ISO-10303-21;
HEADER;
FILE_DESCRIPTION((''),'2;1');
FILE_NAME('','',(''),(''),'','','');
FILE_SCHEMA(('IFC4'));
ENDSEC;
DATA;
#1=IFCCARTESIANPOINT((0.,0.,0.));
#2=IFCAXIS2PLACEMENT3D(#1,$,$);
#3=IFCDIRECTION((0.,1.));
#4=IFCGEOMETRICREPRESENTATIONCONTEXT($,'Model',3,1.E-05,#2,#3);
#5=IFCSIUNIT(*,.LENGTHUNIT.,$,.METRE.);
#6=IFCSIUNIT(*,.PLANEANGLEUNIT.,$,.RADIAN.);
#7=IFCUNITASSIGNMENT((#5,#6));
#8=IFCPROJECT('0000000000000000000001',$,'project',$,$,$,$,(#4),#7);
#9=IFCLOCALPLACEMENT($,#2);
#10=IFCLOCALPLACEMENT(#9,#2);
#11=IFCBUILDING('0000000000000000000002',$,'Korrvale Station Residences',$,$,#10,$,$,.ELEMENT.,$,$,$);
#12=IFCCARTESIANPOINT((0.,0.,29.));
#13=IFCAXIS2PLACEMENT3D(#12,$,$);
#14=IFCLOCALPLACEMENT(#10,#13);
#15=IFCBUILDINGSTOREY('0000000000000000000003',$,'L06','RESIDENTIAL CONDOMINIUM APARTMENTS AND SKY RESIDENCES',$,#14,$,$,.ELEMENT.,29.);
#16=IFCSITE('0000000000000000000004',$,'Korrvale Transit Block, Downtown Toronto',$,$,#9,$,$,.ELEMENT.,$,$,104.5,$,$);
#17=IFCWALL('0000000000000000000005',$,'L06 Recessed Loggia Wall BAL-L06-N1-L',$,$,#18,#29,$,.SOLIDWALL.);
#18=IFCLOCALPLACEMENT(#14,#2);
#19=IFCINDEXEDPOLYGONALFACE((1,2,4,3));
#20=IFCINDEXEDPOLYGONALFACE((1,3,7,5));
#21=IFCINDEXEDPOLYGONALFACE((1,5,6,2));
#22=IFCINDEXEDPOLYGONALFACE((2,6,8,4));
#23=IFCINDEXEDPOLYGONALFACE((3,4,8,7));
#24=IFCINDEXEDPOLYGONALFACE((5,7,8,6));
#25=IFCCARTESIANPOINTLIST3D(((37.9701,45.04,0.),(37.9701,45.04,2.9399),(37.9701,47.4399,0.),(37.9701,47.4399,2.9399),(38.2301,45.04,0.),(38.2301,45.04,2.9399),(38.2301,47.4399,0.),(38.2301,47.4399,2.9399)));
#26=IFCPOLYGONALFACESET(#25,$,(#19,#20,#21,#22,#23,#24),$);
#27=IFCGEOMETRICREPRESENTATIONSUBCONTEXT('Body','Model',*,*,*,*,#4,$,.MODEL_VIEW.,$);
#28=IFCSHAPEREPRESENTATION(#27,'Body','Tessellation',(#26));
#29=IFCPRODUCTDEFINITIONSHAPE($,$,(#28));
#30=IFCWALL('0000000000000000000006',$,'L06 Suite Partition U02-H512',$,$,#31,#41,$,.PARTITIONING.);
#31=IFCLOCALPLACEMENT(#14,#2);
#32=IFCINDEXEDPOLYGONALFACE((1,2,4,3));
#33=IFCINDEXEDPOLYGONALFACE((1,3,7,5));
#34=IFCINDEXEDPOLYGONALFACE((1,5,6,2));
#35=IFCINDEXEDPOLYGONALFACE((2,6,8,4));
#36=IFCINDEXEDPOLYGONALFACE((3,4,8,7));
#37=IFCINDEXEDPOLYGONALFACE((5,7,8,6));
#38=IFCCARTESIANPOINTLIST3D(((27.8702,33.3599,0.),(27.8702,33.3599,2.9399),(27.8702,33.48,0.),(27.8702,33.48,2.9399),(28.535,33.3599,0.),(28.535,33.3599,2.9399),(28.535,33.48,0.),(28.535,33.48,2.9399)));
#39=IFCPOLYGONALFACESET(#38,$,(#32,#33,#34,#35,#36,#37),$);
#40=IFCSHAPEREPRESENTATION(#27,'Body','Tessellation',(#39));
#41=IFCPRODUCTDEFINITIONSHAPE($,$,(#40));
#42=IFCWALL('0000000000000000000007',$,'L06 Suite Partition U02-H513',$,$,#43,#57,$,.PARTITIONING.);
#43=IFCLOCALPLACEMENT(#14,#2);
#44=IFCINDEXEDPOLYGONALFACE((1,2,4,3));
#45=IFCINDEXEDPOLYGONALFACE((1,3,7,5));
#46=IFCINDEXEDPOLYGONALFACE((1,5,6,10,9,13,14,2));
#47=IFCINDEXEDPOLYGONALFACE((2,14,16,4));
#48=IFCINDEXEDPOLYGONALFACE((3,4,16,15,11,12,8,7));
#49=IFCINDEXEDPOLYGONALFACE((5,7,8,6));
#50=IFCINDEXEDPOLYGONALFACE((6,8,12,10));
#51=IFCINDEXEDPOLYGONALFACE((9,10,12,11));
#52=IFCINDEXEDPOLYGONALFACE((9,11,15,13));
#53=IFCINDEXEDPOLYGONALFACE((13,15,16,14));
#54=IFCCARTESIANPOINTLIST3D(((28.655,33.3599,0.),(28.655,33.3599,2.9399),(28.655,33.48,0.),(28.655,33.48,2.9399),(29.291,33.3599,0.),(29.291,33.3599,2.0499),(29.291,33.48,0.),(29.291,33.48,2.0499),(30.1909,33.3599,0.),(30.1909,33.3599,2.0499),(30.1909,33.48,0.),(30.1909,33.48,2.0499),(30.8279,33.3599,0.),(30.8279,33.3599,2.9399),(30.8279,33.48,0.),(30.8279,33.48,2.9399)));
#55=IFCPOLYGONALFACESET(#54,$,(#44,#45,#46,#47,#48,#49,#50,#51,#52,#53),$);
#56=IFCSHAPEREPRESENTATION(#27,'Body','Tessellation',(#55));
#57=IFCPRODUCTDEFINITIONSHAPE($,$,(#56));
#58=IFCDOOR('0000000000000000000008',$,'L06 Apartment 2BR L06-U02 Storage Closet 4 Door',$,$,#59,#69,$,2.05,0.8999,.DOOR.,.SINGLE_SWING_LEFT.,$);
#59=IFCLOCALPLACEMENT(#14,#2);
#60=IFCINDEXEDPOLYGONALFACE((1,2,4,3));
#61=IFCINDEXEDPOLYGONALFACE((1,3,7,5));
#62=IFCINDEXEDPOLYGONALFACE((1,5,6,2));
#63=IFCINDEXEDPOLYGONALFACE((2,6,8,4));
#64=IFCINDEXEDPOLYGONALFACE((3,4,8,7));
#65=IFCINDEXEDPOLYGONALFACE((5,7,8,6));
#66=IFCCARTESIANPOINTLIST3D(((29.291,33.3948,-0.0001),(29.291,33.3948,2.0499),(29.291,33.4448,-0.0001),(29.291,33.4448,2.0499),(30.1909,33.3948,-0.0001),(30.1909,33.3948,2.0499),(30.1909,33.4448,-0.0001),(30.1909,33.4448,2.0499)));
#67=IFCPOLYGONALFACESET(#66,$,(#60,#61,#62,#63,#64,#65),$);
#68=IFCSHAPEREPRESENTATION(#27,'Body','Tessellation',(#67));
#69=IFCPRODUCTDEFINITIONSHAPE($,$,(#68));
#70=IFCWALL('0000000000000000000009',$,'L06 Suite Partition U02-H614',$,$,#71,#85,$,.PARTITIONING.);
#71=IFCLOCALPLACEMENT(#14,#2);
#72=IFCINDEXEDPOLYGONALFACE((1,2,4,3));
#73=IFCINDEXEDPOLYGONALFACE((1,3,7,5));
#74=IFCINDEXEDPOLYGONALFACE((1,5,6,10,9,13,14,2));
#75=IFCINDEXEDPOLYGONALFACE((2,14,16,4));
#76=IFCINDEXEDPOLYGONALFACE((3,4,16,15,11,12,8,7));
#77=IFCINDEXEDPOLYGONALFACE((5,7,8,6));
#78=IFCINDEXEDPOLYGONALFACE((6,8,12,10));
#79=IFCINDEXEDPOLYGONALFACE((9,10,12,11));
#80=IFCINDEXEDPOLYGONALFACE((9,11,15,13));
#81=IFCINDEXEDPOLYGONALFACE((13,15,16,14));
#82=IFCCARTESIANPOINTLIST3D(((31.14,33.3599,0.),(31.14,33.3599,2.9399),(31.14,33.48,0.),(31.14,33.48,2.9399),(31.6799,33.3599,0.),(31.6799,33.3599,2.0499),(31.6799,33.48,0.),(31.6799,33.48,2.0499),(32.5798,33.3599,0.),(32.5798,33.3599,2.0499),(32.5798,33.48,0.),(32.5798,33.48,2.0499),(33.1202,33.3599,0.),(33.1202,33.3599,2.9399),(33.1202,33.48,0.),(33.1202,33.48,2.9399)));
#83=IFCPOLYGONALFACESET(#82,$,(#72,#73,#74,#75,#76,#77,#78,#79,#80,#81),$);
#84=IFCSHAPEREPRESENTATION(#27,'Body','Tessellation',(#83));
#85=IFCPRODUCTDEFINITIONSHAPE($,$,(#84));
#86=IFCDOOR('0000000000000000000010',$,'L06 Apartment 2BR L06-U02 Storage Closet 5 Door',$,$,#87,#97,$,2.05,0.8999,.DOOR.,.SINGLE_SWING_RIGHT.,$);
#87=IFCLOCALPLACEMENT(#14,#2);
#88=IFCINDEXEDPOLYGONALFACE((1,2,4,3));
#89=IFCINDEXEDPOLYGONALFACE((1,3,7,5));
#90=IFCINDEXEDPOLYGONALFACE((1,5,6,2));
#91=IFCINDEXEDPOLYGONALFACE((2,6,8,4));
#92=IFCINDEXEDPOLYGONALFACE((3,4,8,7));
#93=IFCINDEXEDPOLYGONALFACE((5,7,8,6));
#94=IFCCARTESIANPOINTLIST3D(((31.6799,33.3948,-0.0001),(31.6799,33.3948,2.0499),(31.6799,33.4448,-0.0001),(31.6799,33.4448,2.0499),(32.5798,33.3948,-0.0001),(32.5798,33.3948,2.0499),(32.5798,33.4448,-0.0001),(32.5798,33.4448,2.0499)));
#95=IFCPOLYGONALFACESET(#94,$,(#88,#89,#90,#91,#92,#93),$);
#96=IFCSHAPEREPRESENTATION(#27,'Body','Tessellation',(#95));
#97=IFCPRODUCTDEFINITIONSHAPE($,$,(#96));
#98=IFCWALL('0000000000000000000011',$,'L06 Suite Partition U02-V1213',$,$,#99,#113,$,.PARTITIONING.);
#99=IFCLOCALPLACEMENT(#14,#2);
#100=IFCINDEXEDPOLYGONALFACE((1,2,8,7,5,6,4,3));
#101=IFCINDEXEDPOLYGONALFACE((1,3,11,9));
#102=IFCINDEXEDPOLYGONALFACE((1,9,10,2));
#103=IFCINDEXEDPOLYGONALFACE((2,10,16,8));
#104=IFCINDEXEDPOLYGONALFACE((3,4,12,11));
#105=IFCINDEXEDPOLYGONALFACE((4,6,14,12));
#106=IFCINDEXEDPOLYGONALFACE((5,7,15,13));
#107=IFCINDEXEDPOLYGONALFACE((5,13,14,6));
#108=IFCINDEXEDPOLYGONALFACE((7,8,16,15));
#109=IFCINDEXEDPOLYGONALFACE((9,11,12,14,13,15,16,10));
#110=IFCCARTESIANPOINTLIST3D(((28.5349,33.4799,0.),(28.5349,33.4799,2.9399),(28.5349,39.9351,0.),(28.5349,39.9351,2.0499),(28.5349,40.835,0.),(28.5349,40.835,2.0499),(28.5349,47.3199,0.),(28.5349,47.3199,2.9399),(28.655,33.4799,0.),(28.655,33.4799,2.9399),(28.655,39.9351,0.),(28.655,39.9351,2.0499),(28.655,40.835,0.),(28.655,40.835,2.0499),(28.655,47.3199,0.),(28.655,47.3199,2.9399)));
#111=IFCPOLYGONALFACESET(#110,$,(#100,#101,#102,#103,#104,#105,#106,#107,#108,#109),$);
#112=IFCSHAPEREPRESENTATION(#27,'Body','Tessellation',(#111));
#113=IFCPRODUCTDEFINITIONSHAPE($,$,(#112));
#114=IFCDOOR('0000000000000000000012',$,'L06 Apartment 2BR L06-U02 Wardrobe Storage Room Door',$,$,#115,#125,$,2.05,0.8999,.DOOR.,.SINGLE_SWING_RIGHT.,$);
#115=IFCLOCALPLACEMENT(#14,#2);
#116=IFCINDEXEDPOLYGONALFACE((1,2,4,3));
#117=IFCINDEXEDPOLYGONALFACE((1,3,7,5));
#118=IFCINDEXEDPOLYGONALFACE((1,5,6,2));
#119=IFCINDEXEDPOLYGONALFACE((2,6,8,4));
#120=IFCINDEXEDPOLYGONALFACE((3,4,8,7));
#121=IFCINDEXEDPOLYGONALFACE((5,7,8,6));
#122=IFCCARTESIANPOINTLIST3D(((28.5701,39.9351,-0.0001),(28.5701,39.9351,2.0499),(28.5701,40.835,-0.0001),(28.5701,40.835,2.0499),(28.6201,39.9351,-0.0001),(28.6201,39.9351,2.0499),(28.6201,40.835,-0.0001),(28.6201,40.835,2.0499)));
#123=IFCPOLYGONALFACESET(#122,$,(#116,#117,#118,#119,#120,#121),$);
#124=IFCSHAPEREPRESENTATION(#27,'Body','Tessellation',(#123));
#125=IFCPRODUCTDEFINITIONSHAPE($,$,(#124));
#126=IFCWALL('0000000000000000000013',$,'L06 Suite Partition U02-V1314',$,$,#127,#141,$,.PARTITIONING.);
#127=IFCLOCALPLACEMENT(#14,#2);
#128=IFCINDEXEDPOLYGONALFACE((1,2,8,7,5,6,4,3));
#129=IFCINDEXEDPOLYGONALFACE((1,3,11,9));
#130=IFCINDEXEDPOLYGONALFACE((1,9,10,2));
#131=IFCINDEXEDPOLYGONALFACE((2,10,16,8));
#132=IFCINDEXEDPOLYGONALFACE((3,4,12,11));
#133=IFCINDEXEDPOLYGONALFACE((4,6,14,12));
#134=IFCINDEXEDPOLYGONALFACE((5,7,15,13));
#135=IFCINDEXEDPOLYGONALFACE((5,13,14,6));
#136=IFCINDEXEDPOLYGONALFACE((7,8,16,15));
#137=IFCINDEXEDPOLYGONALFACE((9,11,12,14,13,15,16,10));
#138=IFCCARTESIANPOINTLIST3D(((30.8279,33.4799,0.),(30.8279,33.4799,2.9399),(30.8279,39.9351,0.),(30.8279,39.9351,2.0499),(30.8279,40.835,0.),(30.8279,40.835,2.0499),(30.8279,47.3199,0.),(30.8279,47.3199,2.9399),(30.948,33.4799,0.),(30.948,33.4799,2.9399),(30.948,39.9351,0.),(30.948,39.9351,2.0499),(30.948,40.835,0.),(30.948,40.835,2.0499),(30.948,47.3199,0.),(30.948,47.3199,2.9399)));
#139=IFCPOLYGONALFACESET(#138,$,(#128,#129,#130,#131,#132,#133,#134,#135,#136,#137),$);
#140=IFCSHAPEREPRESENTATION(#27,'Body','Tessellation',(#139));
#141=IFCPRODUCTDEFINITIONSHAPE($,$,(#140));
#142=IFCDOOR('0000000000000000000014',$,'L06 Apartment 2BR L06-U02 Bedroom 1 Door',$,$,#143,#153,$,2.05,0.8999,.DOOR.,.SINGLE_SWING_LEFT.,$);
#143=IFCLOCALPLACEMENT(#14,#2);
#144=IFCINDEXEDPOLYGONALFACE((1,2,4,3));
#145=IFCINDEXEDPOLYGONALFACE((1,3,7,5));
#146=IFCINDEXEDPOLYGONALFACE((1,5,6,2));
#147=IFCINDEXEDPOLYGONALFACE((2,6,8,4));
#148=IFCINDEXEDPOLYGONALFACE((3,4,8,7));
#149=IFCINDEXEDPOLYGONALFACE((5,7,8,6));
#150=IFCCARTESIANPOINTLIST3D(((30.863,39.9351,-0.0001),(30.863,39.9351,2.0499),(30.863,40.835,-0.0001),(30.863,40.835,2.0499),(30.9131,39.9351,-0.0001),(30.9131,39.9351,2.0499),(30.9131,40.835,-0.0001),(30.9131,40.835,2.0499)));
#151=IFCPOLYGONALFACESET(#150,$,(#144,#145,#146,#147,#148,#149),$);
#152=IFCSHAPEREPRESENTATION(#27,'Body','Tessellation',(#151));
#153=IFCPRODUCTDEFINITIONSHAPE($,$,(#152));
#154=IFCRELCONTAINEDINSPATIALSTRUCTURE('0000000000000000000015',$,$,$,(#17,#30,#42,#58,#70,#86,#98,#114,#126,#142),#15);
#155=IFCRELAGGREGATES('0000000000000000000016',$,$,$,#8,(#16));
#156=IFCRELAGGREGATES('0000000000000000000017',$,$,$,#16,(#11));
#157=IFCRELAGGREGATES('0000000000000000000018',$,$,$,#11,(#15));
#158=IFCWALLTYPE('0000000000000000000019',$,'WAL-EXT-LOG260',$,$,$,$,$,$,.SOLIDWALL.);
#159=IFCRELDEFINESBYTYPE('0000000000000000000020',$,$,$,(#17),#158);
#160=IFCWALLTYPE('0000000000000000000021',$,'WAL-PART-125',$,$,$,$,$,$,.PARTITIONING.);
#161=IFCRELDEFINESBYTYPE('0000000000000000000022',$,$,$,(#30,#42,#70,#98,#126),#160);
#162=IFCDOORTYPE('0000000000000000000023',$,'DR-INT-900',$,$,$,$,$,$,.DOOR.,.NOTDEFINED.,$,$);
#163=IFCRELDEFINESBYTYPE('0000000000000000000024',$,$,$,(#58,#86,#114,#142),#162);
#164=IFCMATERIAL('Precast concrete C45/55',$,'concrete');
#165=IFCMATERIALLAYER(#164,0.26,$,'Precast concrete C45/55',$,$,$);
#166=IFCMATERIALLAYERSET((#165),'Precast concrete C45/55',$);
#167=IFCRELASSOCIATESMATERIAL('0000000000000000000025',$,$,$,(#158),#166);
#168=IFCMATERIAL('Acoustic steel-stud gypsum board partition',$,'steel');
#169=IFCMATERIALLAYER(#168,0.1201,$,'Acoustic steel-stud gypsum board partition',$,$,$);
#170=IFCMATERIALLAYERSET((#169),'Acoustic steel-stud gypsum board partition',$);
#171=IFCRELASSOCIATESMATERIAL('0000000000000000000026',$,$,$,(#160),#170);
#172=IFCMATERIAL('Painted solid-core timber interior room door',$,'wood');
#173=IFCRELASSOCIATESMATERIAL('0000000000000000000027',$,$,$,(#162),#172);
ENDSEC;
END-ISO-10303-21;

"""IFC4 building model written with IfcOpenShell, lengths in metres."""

from ifc_helpers import new_model, si_unit, direction, frame, frame_2d, origin, place, context, subcontext, project, spatial, rectangle, extrude, material, layer, layer_set, type_object, element, fill, save


model = new_model("IFC4")

# Units and contexts
model_context = context("Model", 3, precision=1e-05, world=origin(), true_north=direction((0.0, 1.0)))
body_context = subcontext(model_context, "Body", "Model", "MODEL_VIEW")
ifc_project = project(units=[si_unit("LENGTHUNIT", "METRE"), si_unit("PLANEANGLEUNIT", "RADIAN")], contexts=[model_context])

# Site, building, storey
site_placement = place(None, origin())
site = spatial("IfcSite", under=ifc_project, at=site_placement, Name="Korrvale Transit Block, Downtown Toronto", CompositionType="ELEMENT", RefElevation=104.5)
building_placement = place(site_placement, origin())
building = spatial("IfcBuilding", under=site, at=building_placement, Name="Korrvale Station Residences", CompositionType="ELEMENT")
storey_placement = place(building_placement, frame((0.0, 0.0, 29.0)))
storey = spatial("IfcBuildingStorey", under=building, at=storey_placement, Name="L06", Description="RESIDENTIAL CONDOMINIUM APARTMENTS AND SKY RESIDENCES", CompositionType="ELEMENT", Elevation=29.0)

# Walls
ifc_material_1 = material(Name="Precast concrete C45/55", Category="concrete")
ifc_layer_1 = layer(ifc_material_1, 0.26, Name="Precast concrete C45/55")
ifc_layer_set_1 = layer_set([ifc_layer_1], Name="Precast concrete C45/55")
wall_type_1 = type_object("IfcWallType", Name="WAL-EXT-LOG260", PredefinedType="SOLIDWALL", material=ifc_layer_set_1)
wall_1_placement = place(storey_placement, frame((38.1001, 47.4399, 0.0), z_axis=(0.0, 0.0, 1.0), x_axis=(0.0, -1.0, 0.0)))
element("IfcWall", 1, at=wall_1_placement, inside=storey, type_object=wall_type_1, Name="L06 Recessed Loggia Wall BAL-L06-N1-L", PredefinedType="SOLIDWALL", context=body_context, shape_type="SweptSolid", body=[
    extrude(rectangle(XDim=2.3999, YDim=0.26, at=frame_2d((1.2, 0.0))), origin(), (0.0, 0.0, 1.0), 2.9399),
])
ifc_material_2 = material(Name="Acoustic steel-stud gypsum board partition", Category="steel")
ifc_layer_2 = layer(ifc_material_2, 0.1201, Name="Acoustic steel-stud gypsum board partition")
ifc_layer_set_2 = layer_set([ifc_layer_2], Name="Acoustic steel-stud gypsum board partition")
wall_type_2 = type_object("IfcWallType", Name="WAL-PART-125", PredefinedType="PARTITIONING", material=ifc_layer_set_2)
wall_2_placement = place(storey_placement, frame((27.8701, 33.4199, 0.0), z_axis=(0.0, 0.0, 1.0), x_axis=(1.0, 0.0, 0.0)))
element("IfcWall", 2, at=wall_2_placement, inside=storey, type_object=wall_type_2, Name="L06 Suite Partition U02-H512", PredefinedType="PARTITIONING", context=body_context, shape_type="SweptSolid", body=[
    extrude(rectangle(XDim=0.6648, YDim=0.1201, at=frame_2d((0.3325, 0.0))), origin(), (0.0, 0.0, 1.0), 2.9399),
])

# Walls, openings, doors
wall_3_placement = place(storey_placement, frame((28.655, 33.4199, 0.0), z_axis=(0.0, 0.0, 1.0), x_axis=(1.0, 0.0, 0.0)))
wall_3 = element("IfcWall", 3, at=wall_3_placement, inside=storey, type_object=wall_type_2, Name="L06 Suite Partition U02-H513", PredefinedType="PARTITIONING", context=body_context, shape_type="SweptSolid", body=[
    extrude(rectangle(XDim=2.1729, YDim=0.1201, at=frame_2d((1.0864, 0.0))), origin(), (0.0, 0.0, 1.0), 2.9399),
])
opening_1_placement = place(wall_3_placement, frame((0.636, 0.0, 0.0)))
opening_1 = element("IfcOpeningElement", 4, at=opening_1_placement, cuts=wall_3, PredefinedType="OPENING", context=body_context, shape_type="SweptSolid", body=[
    extrude(rectangle(XDim=0.8999, YDim=2.05, at=frame_2d((0.45, 1.0249))), frame((0.0, 0.0701, 0.0), z_axis=(0.0, -1.0, 0.0), x_axis=(1.0, 0.0, 0.0)), (0.0, 0.0, 1.0), 0.1401),
])
ifc_material_3 = material(Name="Painted solid-core timber interior room door", Category="wood")
door_type_1 = type_object("IfcDoorType", Name="DR-INT-900", OperationType="NOTDEFINED", PredefinedType="DOOR", material=ifc_material_3)
door_1_placement = place(opening_1_placement, origin())
door_1 = element("IfcDoor", 5, at=door_1_placement, inside=storey, type_object=door_type_1, Name="L06 Apartment 2BR L06-U02 Storage Closet 4 Door", OperationType="SINGLE_SWING_LEFT", OverallHeight=2.05, OverallWidth=0.8999, PredefinedType="DOOR", context=body_context, shape_type="SweptSolid", body=[
    extrude(rectangle(XDim=0.8999, YDim=2.05, at=frame_2d((0.45, 1.0249))), frame((0.0, 0.0249, 0.0), z_axis=(0.0, -1.0, 0.0), x_axis=(1.0, 0.0, 0.0)), (0.0, 0.0, 1.0), 0.05),
])
fill(opening_1, door_1)
wall_4_placement = place(storey_placement, frame((31.1399, 33.4199, 0.0), z_axis=(0.0, 0.0, 1.0), x_axis=(1.0, 0.0, 0.0)))
wall_4 = element("IfcWall", 6, at=wall_4_placement, inside=storey, type_object=wall_type_2, Name="L06 Suite Partition U02-H614", PredefinedType="PARTITIONING", context=body_context, shape_type="SweptSolid", body=[
    extrude(rectangle(XDim=1.9802, YDim=0.1201, at=frame_2d((0.9902, 0.0))), origin(), (0.0, 0.0, 1.0), 2.9399),
])
opening_2_placement = place(wall_4_placement, frame((0.54, 0.0, 0.0)))
opening_2 = element("IfcOpeningElement", 7, at=opening_2_placement, cuts=wall_4, PredefinedType="OPENING", context=body_context, shape_type="SweptSolid", body=[
    extrude(rectangle(XDim=0.8999, YDim=2.05, at=frame_2d((0.45, 1.0249))), frame((0.0, 0.0701, 0.0), z_axis=(0.0, -1.0, 0.0), x_axis=(1.0, 0.0, 0.0)), (0.0, 0.0, 1.0), 0.1401),
])
door_2_placement = place(opening_2_placement, origin())
door_2 = element("IfcDoor", 8, at=door_2_placement, inside=storey, type_object=door_type_1, Name="L06 Apartment 2BR L06-U02 Storage Closet 5 Door", OperationType="SINGLE_SWING_RIGHT", OverallHeight=2.05, OverallWidth=0.8999, PredefinedType="DOOR", context=body_context, shape_type="SweptSolid", body=[
    extrude(rectangle(XDim=0.8999, YDim=2.05, at=frame_2d((0.45, 1.0249))), frame((0.0, 0.0249, 0.0), z_axis=(0.0, -1.0, 0.0), x_axis=(1.0, 0.0, 0.0)), (0.0, 0.0, 1.0), 0.05),
])
fill(opening_2, door_2)
wall_5_placement = place(storey_placement, frame((28.595, 33.48, 0.0), z_axis=(0.0, 0.0, 1.0), x_axis=(0.0, 1.0, 0.0)))
wall_5 = element("IfcWall", 9, at=wall_5_placement, inside=storey, type_object=wall_type_2, Name="L06 Suite Partition U02-V1213", PredefinedType="PARTITIONING", context=body_context, shape_type="SweptSolid", body=[
    extrude(rectangle(XDim=13.8401, YDim=0.1201, at=frame_2d((6.9199, 0.0))), origin(), (0.0, 0.0, 1.0), 2.9399),
])
opening_3_placement = place(wall_5_placement, frame((6.4551, 0.0, 0.0)))
opening_3 = element("IfcOpeningElement", 10, at=opening_3_placement, cuts=wall_5, PredefinedType="OPENING", context=body_context, shape_type="SweptSolid", body=[
    extrude(rectangle(XDim=0.8999, YDim=2.05, at=frame_2d((0.45, 1.0249))), frame((0.0, 0.0701, 0.0), z_axis=(0.0, -1.0, 0.0), x_axis=(1.0, 0.0, 0.0)), (0.0, 0.0, 1.0), 0.1401),
])
door_3_placement = place(opening_3_placement, origin())
door_3 = element("IfcDoor", 11, at=door_3_placement, inside=storey, type_object=door_type_1, Name="L06 Apartment 2BR L06-U02 Wardrobe Storage Room Door", OperationType="SINGLE_SWING_RIGHT", OverallHeight=2.05, OverallWidth=0.8999, PredefinedType="DOOR", context=body_context, shape_type="SweptSolid", body=[
    extrude(rectangle(XDim=0.8999, YDim=2.05, at=frame_2d((0.45, 1.0249))), frame((0.0, 0.0249, 0.0), z_axis=(0.0, -1.0, 0.0), x_axis=(1.0, 0.0, 0.0)), (0.0, 0.0, 1.0), 0.05),
])
fill(opening_3, door_3)
wall_6_placement = place(storey_placement, frame((30.8879, 33.48, 0.0), z_axis=(0.0, 0.0, 1.0), x_axis=(0.0, 1.0, 0.0)))
wall_6 = element("IfcWall", 12, at=wall_6_placement, inside=storey, type_object=wall_type_2, Name="L06 Suite Partition U02-V1314", PredefinedType="PARTITIONING", context=body_context, shape_type="SweptSolid", body=[
    extrude(rectangle(XDim=13.8401, YDim=0.1201, at=frame_2d((6.9199, 0.0))), origin(), (0.0, 0.0, 1.0), 2.9399),
])
opening_4_placement = place(wall_6_placement, frame((6.4551, 0.0, 0.0)))
opening_4 = element("IfcOpeningElement", 13, at=opening_4_placement, cuts=wall_6, PredefinedType="OPENING", context=body_context, shape_type="SweptSolid", body=[
    extrude(rectangle(XDim=0.8999, YDim=2.05, at=frame_2d((0.45, 1.0249))), frame((0.0, 0.0701, 0.0), z_axis=(0.0, -1.0, 0.0), x_axis=(1.0, 0.0, 0.0)), (0.0, 0.0, 1.0), 0.1401),
])
door_4_placement = place(opening_4_placement, origin())
door_4 = element("IfcDoor", 14, at=door_4_placement, inside=storey, type_object=door_type_1, Name="L06 Apartment 2BR L06-U02 Bedroom 1 Door", OperationType="SINGLE_SWING_LEFT", OverallHeight=2.05, OverallWidth=0.8999, PredefinedType="DOOR", context=body_context, shape_type="SweptSolid", body=[
    extrude(rectangle(XDim=0.8999, YDim=2.05, at=frame_2d((0.45, 1.0249))), frame((0.0, 0.0249, 0.0), z_axis=(0.0, -1.0, 0.0), x_axis=(1.0, 0.0, 0.0)), (0.0, 0.0, 1.0), 0.05),
])
fill(opening_4, door_4)

save(model, "model.ifc")
